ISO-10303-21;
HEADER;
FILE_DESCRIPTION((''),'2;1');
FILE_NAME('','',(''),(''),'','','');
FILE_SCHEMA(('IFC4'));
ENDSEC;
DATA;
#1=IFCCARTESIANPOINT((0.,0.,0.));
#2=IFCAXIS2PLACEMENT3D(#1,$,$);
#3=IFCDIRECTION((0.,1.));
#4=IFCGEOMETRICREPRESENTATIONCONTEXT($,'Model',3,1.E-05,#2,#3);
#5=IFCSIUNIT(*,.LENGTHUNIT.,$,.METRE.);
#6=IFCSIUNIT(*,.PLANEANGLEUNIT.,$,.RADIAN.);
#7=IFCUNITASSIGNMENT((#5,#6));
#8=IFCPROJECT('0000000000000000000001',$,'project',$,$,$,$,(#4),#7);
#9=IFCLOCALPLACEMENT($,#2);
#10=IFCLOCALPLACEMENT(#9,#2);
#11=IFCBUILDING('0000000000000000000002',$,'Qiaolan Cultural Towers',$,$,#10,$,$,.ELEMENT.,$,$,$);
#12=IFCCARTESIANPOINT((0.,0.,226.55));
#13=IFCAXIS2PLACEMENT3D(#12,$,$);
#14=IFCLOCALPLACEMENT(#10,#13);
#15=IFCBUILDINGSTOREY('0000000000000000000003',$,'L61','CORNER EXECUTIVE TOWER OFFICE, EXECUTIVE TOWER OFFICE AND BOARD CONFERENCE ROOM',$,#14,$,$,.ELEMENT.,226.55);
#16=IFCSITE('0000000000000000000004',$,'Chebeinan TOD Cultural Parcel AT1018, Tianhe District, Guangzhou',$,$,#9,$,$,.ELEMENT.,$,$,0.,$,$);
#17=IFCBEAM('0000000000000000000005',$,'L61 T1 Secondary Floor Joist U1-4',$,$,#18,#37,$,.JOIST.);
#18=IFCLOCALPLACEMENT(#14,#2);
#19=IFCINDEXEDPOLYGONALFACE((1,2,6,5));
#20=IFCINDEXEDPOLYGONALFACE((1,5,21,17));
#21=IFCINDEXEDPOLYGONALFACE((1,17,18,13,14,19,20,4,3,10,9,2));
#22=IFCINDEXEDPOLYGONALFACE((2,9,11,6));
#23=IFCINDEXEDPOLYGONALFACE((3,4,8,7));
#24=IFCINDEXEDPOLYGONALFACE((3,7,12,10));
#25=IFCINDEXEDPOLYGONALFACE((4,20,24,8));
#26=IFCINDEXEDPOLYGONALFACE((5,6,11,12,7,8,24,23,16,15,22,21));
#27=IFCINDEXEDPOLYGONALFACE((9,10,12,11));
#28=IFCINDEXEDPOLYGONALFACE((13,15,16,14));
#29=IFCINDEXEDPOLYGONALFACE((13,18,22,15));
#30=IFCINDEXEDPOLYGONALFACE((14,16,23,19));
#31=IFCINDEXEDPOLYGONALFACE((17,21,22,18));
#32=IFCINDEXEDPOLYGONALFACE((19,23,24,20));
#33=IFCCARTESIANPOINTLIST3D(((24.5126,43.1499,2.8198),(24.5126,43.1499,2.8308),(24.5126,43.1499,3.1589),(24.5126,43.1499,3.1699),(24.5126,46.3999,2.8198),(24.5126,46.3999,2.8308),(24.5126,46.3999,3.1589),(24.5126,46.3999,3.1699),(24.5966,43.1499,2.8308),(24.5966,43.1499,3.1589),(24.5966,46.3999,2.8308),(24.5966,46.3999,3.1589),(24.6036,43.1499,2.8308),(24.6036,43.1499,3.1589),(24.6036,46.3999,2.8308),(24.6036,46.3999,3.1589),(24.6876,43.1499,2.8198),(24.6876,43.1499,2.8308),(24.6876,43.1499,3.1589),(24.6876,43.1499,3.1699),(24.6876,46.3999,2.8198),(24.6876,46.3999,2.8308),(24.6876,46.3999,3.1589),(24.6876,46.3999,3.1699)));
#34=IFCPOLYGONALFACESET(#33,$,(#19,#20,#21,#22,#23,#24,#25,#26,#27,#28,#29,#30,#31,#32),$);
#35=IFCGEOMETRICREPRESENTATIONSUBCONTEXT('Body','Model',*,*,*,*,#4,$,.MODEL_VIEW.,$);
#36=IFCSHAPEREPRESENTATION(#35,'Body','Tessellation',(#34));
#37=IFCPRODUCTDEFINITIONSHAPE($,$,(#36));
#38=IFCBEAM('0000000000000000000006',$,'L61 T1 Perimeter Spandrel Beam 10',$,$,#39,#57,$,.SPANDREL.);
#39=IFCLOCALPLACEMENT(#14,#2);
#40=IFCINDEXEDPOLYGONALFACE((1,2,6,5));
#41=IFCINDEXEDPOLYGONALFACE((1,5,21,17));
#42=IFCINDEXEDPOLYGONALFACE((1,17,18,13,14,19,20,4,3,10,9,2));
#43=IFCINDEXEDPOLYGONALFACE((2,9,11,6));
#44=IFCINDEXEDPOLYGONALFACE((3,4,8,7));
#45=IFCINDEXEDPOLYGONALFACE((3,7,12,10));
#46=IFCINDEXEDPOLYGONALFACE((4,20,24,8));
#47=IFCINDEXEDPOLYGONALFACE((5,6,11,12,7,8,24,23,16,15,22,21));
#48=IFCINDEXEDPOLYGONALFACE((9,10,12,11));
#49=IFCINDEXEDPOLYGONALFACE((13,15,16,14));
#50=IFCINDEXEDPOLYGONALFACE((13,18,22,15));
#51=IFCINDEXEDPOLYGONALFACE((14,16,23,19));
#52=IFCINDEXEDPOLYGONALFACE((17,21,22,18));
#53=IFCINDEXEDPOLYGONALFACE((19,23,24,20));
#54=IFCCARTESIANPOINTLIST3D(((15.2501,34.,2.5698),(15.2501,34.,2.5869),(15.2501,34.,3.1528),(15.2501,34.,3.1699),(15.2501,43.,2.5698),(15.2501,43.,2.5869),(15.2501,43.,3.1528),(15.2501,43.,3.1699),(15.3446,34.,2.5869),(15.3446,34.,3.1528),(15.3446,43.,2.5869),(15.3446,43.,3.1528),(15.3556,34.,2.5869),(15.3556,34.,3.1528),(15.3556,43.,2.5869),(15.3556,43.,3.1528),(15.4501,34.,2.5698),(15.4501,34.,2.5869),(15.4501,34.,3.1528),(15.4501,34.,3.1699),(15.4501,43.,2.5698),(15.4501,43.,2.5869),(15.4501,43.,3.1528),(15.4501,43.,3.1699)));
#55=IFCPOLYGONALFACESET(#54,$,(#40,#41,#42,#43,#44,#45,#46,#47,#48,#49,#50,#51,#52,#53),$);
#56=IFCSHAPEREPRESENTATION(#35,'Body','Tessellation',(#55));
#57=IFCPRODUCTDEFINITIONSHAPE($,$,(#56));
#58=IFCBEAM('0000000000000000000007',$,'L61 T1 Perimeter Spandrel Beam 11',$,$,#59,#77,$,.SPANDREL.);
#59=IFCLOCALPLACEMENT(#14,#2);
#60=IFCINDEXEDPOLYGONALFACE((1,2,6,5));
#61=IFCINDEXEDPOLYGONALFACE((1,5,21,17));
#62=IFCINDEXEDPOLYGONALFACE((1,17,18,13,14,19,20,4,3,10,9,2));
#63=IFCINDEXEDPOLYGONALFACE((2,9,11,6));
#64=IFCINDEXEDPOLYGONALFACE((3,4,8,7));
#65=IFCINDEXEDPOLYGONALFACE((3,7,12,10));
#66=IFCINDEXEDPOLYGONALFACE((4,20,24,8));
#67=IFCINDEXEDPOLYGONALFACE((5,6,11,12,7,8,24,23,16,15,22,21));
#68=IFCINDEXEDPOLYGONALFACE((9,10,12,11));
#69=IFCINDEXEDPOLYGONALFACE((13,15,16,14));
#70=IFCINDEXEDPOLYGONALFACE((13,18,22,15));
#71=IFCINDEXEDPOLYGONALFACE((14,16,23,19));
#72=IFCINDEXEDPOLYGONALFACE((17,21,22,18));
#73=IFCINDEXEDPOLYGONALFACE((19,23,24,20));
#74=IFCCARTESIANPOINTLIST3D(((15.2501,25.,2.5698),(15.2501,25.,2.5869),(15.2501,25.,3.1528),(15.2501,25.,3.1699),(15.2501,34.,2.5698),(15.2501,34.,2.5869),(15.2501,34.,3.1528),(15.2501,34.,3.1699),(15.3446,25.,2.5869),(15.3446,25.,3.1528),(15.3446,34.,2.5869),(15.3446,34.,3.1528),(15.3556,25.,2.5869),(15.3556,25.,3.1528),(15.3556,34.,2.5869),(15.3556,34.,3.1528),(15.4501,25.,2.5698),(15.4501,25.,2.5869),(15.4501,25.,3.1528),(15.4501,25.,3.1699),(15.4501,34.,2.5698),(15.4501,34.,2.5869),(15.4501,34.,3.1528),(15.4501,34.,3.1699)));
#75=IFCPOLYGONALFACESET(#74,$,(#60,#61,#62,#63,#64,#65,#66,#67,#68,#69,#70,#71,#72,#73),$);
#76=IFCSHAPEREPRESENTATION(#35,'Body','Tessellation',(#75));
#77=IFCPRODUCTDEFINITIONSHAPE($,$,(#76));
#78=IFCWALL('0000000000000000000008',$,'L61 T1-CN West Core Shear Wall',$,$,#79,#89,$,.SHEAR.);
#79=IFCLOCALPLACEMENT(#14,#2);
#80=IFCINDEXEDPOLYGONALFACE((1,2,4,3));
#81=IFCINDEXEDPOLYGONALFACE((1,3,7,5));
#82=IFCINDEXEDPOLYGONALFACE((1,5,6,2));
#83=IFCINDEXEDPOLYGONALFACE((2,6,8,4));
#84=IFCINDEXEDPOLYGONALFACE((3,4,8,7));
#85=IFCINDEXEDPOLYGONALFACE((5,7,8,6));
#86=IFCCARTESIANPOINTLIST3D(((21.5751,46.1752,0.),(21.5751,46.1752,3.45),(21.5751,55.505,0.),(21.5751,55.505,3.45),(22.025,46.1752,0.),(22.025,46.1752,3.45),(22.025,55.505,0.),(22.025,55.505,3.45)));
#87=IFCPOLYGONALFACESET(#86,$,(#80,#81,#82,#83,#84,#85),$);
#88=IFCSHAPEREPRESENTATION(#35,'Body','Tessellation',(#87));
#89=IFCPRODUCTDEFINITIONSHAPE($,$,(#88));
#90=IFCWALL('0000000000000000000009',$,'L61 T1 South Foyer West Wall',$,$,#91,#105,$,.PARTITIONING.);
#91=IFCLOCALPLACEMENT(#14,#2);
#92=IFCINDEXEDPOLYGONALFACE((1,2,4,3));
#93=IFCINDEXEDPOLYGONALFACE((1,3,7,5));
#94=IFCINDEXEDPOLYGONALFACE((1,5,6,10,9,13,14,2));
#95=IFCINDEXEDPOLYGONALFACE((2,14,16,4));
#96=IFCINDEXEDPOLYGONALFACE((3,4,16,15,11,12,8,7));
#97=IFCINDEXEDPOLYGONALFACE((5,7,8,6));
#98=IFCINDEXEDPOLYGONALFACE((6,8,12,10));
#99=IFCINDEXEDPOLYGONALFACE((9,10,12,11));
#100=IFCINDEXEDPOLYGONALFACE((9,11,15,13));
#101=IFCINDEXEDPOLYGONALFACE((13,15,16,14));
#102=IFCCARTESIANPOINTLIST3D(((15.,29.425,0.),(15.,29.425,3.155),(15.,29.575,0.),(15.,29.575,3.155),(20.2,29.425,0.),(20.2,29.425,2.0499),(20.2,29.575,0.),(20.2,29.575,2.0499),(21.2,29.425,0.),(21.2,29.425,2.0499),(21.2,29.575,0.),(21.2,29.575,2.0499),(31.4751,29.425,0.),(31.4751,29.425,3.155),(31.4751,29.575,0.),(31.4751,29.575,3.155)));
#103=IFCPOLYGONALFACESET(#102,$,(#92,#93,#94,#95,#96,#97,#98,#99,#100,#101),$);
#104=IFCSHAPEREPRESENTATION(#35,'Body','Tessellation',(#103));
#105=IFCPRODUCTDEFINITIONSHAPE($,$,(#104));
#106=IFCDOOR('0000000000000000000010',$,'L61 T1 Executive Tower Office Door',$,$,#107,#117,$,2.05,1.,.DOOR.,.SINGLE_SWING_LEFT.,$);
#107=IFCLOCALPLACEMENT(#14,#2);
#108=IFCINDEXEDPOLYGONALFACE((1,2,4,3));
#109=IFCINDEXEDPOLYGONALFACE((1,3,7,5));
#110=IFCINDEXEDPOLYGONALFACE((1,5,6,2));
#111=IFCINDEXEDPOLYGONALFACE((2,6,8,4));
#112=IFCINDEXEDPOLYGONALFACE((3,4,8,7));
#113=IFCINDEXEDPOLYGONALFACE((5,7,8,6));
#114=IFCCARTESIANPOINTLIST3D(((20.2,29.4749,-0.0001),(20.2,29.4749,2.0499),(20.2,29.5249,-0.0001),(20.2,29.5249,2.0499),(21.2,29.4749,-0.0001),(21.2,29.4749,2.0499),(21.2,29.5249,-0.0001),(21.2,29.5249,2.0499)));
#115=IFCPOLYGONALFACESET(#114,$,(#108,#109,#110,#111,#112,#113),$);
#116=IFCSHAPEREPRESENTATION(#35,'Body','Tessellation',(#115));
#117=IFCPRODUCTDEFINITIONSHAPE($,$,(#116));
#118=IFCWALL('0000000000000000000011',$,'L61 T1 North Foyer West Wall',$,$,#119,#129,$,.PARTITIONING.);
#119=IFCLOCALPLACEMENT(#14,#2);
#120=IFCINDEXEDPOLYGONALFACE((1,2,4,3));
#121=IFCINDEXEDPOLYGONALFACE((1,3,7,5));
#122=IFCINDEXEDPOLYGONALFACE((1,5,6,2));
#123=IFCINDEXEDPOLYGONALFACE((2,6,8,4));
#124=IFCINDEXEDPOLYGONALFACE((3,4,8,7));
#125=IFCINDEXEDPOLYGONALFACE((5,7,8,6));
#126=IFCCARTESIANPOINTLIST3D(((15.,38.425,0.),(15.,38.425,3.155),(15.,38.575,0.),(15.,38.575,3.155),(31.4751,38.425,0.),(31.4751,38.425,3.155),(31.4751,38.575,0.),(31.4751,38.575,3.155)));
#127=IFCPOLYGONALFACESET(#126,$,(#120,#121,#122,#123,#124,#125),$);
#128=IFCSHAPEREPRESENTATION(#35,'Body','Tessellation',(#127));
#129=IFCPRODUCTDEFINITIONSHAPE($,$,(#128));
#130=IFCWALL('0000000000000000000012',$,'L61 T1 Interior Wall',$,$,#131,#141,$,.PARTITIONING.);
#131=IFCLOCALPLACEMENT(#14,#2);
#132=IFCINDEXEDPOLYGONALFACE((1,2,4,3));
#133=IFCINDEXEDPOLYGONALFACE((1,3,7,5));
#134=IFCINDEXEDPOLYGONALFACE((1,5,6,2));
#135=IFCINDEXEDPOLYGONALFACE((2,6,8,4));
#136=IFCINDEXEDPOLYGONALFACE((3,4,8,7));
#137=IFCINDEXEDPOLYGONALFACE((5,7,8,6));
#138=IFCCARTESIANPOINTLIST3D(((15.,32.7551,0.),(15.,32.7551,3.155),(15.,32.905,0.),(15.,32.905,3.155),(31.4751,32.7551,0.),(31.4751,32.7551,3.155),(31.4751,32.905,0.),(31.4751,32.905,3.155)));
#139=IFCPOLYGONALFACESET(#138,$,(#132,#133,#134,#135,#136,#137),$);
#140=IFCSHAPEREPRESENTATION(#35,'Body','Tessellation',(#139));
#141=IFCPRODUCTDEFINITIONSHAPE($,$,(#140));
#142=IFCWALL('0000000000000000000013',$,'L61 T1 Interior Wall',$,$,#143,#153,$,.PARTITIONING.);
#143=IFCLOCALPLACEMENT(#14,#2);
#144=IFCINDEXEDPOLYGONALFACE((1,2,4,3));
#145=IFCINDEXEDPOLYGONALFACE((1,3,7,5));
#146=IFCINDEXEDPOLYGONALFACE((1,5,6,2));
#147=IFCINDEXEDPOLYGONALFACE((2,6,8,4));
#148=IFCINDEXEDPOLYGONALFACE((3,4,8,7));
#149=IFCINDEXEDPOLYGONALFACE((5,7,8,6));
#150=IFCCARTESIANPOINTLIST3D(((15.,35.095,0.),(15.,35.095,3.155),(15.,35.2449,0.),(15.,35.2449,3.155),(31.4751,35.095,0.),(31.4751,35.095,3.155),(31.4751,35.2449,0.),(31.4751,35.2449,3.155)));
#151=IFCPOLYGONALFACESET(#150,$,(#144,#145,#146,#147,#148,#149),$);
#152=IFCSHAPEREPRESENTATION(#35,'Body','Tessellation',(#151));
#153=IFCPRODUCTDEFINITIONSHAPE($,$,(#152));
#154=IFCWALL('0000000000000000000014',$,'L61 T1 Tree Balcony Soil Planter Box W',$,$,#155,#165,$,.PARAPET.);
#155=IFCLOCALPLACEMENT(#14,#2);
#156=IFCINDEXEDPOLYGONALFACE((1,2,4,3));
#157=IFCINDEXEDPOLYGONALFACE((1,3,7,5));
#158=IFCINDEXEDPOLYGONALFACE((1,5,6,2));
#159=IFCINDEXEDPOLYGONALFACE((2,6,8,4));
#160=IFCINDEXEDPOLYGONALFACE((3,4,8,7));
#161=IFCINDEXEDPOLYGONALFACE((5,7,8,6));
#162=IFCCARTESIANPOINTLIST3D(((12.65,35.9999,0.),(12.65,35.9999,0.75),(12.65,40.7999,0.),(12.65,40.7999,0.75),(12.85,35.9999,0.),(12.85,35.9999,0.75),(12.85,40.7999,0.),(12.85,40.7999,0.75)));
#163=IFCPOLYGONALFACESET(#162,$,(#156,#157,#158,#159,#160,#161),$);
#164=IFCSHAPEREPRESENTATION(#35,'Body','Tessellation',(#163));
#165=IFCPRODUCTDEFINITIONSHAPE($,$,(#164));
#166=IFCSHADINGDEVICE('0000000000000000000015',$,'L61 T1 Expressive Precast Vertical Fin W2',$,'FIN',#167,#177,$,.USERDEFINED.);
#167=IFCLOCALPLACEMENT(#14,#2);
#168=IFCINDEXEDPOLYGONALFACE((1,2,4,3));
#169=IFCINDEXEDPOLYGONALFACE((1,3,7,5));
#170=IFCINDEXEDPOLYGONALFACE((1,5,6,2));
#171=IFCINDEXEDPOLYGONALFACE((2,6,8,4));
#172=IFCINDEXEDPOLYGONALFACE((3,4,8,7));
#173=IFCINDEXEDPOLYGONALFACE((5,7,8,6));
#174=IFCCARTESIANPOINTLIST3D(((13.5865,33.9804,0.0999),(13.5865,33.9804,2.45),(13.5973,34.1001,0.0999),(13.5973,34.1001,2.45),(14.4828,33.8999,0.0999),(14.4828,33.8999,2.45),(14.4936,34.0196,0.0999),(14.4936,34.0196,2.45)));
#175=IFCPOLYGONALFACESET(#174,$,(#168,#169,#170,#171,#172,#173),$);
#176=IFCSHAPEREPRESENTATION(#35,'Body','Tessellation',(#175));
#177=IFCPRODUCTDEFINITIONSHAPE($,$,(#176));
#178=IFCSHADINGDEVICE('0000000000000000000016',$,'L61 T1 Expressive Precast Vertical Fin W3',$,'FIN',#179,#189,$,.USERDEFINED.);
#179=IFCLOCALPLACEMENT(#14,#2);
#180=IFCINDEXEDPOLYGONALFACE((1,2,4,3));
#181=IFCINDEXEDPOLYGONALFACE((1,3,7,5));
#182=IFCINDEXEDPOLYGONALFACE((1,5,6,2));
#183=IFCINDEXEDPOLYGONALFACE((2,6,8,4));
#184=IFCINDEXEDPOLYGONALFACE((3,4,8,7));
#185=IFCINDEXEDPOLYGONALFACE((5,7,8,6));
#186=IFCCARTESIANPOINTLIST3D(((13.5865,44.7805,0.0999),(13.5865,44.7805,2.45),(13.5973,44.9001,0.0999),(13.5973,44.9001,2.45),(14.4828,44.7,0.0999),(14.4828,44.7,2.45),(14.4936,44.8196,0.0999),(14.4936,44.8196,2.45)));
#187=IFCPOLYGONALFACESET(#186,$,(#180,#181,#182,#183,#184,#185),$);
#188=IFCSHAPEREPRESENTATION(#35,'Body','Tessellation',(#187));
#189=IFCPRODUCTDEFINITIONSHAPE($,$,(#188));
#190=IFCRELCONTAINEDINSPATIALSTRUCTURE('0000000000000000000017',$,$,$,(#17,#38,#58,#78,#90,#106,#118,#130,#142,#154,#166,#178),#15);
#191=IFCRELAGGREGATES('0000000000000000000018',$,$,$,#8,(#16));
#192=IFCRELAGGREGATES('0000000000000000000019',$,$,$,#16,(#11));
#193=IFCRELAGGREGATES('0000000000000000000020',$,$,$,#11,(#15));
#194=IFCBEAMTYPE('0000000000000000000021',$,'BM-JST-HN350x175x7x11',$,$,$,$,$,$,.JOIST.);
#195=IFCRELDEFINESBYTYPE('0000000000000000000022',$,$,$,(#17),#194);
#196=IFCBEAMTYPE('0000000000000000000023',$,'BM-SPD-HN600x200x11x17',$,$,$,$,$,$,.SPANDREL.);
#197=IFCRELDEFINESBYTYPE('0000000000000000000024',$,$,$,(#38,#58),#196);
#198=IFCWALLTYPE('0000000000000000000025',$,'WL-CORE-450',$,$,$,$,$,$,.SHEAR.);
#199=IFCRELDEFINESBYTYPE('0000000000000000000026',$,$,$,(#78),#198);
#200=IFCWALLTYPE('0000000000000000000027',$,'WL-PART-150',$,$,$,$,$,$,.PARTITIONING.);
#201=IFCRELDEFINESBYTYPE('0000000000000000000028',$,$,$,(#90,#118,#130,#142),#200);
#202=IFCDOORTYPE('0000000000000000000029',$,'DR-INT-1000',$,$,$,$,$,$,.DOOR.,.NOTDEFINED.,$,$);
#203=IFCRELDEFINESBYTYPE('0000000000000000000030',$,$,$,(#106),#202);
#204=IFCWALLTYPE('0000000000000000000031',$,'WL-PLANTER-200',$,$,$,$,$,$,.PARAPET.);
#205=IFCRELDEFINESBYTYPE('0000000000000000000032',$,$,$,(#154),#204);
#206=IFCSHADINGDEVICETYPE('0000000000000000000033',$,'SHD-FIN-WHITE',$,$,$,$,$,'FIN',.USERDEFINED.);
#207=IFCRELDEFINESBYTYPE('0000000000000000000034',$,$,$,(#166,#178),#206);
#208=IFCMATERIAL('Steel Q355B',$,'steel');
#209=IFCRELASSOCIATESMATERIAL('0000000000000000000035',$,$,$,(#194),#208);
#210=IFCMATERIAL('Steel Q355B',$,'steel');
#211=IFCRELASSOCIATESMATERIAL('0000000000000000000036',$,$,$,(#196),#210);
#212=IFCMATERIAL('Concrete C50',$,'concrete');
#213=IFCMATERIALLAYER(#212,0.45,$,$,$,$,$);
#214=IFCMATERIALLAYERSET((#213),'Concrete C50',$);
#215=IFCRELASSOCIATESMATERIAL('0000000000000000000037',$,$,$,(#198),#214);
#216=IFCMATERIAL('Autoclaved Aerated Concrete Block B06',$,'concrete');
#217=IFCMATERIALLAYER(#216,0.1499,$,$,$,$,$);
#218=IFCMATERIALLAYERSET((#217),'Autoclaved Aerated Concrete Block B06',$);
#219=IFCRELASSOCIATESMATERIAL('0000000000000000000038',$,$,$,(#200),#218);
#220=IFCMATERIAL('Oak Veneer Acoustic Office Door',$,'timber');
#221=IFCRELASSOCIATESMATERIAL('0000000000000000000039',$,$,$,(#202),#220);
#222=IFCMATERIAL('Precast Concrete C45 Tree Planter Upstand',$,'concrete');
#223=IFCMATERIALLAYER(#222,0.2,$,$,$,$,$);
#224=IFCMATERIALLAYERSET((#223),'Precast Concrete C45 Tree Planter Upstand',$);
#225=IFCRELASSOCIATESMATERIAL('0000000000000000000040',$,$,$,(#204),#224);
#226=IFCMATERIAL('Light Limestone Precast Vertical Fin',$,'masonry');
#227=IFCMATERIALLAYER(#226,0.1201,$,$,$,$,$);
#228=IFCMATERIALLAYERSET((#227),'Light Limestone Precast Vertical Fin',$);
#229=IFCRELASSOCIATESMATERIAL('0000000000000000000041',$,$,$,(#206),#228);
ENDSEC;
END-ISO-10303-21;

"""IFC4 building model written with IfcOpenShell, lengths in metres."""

from ifc_helpers import new_model, si_unit, direction, frame, frame_2d, origin, origin_2d, place, context, subcontext, project, spatial, rectangle, i_section, extrude, material, layer, layer_set, material_profile, profile_set, type_object, element, fill, save


model = new_model("IFC4")

# Units and contexts
model_context = context("Model", 3, precision=1e-05, world=origin(), true_north=direction((0.0, 1.0)))
body_context = subcontext(model_context, "Body", "Model", "MODEL_VIEW")
ifc_project = project(units=[si_unit("LENGTHUNIT", "METRE"), si_unit("PLANEANGLEUNIT", "RADIAN")], contexts=[model_context])

# Site, building, storey
site_placement = place(None, origin())
site = spatial("IfcSite", under=ifc_project, at=site_placement, Name="Chebeinan TOD Cultural Parcel AT1018, Tianhe District, Guangzhou", CompositionType="ELEMENT", RefElevation=0.0)
building_placement = place(site_placement, origin())
building = spatial("IfcBuilding", under=site, at=building_placement, Name="Qiaolan Cultural Towers", CompositionType="ELEMENT")
storey_placement = place(building_placement, frame((0.0, 0.0, 226.55)))
storey = spatial("IfcBuildingStorey", under=building, at=storey_placement, Name="L61", Description="CORNER EXECUTIVE TOWER OFFICE, EXECUTIVE TOWER OFFICE AND BOARD CONFERENCE ROOM", CompositionType="ELEMENT", Elevation=226.55)

# Beams
ifc_material_1 = material(Name="Steel Q355B", Category="steel")
ifc_material_profile_1 = material_profile(ifc_material_1, i_section(OverallWidth=0.175, OverallDepth=0.3501, WebThickness=0.0071, FlangeThickness=0.011, at=origin_2d()), Name="HN350x175x7x11")
ifc_profile_set_1 = profile_set([ifc_material_profile_1], Name="Steel Q355B")
beam_type_1 = type_object("IfcBeamType", Name="BM-JST-HN350x175x7x11", PredefinedType="JOIST", material=ifc_profile_set_1)
beam_1_placement = place(storey_placement, frame((24.6001, 43.1499, 2.9949), z_axis=(0.0, 1.0, 0.0), x_axis=(-1.0, 0.0, 0.0)))
element("IfcBeam", 1, at=beam_1_placement, inside=storey, type_object=beam_type_1, Name="L61 T1 Secondary Floor Joist U1-4", PredefinedType="JOIST", context=body_context, shape_type="SweptSolid", body=[
    extrude(i_section(OverallWidth=0.175, OverallDepth=0.3501, WebThickness=0.0071, FlangeThickness=0.011, at=origin_2d()), origin(), (0.0, 0.0, 1.0), 3.25),
])
ifc_material_2 = material(Name="Steel Q355B", Category="steel")
ifc_material_profile_2 = material_profile(ifc_material_2, i_section(OverallWidth=0.2, OverallDepth=0.6001, WebThickness=0.011, FlangeThickness=0.0171, at=origin_2d()), Name="HN600x200x11x17")
ifc_profile_set_2 = profile_set([ifc_material_profile_2], Name="Steel Q355B")
beam_type_2 = type_object("IfcBeamType", Name="BM-SPD-HN600x200x11x17", PredefinedType="SPANDREL", material=ifc_profile_set_2)
for number, where, z_axis, x_axis, name in (
    (2, (15.3501, 43.0, 2.8699), (0.0, -1.0, 0.0), (1.0, 0.0, 0.0), "L61 T1 Perimeter Spandrel Beam 10"),
    (3, (15.3501, 34.0, 2.8699), (0.0, -1.0, 0.0), (1.0, 0.0, 0.0), "L61 T1 Perimeter Spandrel Beam 11"),
):
    element("IfcBeam", number, at=place(storey_placement, frame(where, z_axis=z_axis, x_axis=x_axis)), inside=storey, type_object=beam_type_2, Name=name, PredefinedType="SPANDREL", context=body_context, shape_type="SweptSolid", body=[
        extrude(i_section(OverallWidth=0.2, OverallDepth=0.6001, WebThickness=0.011, FlangeThickness=0.0171, at=origin_2d()), origin(), (0.0, 0.0, 1.0), 9.0),
    ])

# Wall
ifc_material_3 = material(Name="Concrete C50", Category="concrete")
ifc_layer_1 = layer(ifc_material_3, 0.45)
ifc_layer_set_1 = layer_set([ifc_layer_1], Name="Concrete C50")
wall_type_1 = type_object("IfcWallType", Name="WL-CORE-450", PredefinedType="SHEAR", material=ifc_layer_set_1)
wall_1_placement = place(storey_placement, frame((21.8, 46.175, 0.0), z_axis=(0.0, 0.0, 1.0), x_axis=(0.0, 1.0, 0.0)))
element("IfcWall", 4, at=wall_1_placement, inside=storey, type_object=wall_type_1, Name="L61 T1-CN West Core Shear Wall", PredefinedType="SHEAR", context=body_context, shape_type="SweptSolid", body=[
    extrude(rectangle(XDim=9.3298, YDim=0.45, at=frame_2d((4.665, 0.0))), origin(), (0.0, 0.0, 1.0), 3.45),
])

# Wall, opening, door
ifc_material_4 = material(Name="Autoclaved Aerated Concrete Block B06", Category="concrete")
ifc_layer_2 = layer(ifc_material_4, 0.1499)
ifc_layer_set_2 = layer_set([ifc_layer_2], Name="Autoclaved Aerated Concrete Block B06")
wall_type_2 = type_object("IfcWallType", Name="WL-PART-150", PredefinedType="PARTITIONING", material=ifc_layer_set_2)
wall_2_placement = place(storey_placement, frame((15.0, 29.5, 0.0), z_axis=(0.0, 0.0, 1.0), x_axis=(1.0, 0.0, 0.0)))
wall_2 = element("IfcWall", 5, at=wall_2_placement, inside=storey, type_object=wall_type_2, Name="L61 T1 South Foyer West Wall", PredefinedType="PARTITIONING", context=body_context, shape_type="SweptSolid", body=[
    extrude(rectangle(XDim=16.4751, YDim=0.1499, at=frame_2d((8.2375, 0.0))), origin(), (0.0, 0.0, 1.0), 3.155),
])
opening_placement = place(wall_2_placement, frame((5.2, 0.0, 0.0)))
opening = element("IfcOpeningElement", 6, at=opening_placement, cuts=wall_2, PredefinedType="OPENING", context=body_context, shape_type="SweptSolid", body=[
    extrude(rectangle(XDim=1.0, YDim=2.05, at=frame_2d((0.5, 1.0249))), frame((0.0, 0.085, 0.0), z_axis=(0.0, -1.0, 0.0), x_axis=(1.0, 0.0, 0.0)), (0.0, 0.0, 1.0), 0.1699),
])
ifc_material_5 = material(Name="Oak Veneer Acoustic Office Door", Category="timber")
door_type = type_object("IfcDoorType", Name="DR-INT-1000", OperationType="NOTDEFINED", PredefinedType="DOOR", material=ifc_material_5)
door_placement = place(opening_placement, origin())
door = element("IfcDoor", 7, at=door_placement, inside=storey, type_object=door_type, Name="L61 T1 Executive Tower Office Door", OperationType="SINGLE_SWING_LEFT", OverallHeight=2.05, OverallWidth=1.0, PredefinedType="DOOR", context=body_context, shape_type="SweptSolid", body=[
    extrude(rectangle(XDim=1.0, YDim=2.05, at=frame_2d((0.5, 1.0249))), frame((0.0, 0.0249, 0.0), z_axis=(0.0, -1.0, 0.0), x_axis=(1.0, 0.0, 0.0)), (0.0, 0.0, 1.0), 0.05),
])
fill(opening, door)

# Walls
for number, where, z_axis, x_axis, name in (
    (8, (15.0, 38.5, 0.0), (0.0, 0.0, 1.0), (1.0, 0.0, 0.0), "L61 T1 North Foyer West Wall"),
    (9, (15.0, 32.8301, 0.0), (0.0, 0.0, 1.0), (1.0, 0.0, 0.0), "L61 T1 Interior Wall"),
    (10, (15.0, 35.1699, 0.0), (0.0, 0.0, 1.0), (1.0, 0.0, 0.0), "L61 T1 Interior Wall"),
):
    element("IfcWall", number, at=place(storey_placement, frame(where, z_axis=z_axis, x_axis=x_axis)), inside=storey, type_object=wall_type_2, Name=name, PredefinedType="PARTITIONING", context=body_context, shape_type="SweptSolid", body=[
        extrude(rectangle(XDim=16.4751, YDim=0.1499, at=frame_2d((8.2375, 0.0))), origin(), (0.0, 0.0, 1.0), 3.155),
    ])
ifc_material_6 = material(Name="Precast Concrete C45 Tree Planter Upstand", Category="concrete")
ifc_layer_3 = layer(ifc_material_6, 0.2)
ifc_layer_set_3 = layer_set([ifc_layer_3], Name="Precast Concrete C45 Tree Planter Upstand")
wall_type_3 = type_object("IfcWallType", Name="WL-PLANTER-200", PredefinedType="PARAPET", material=ifc_layer_set_3)
wall_3_placement = place(storey_placement, frame((12.75, 36.0, 0.0), z_axis=(0.0, 0.0, 1.0), x_axis=(0.0, 1.0, 0.0)))
element("IfcWall", 11, at=wall_3_placement, inside=storey, type_object=wall_type_3, Name="L61 T1 Tree Balcony Soil Planter Box W", PredefinedType="PARAPET", context=body_context, shape_type="SweptSolid", body=[
    extrude(rectangle(XDim=4.8, YDim=0.2, at=frame_2d((2.3999, 0.0))), origin(), (0.0, 0.0, 1.0), 0.75),
])

# Shading devices
ifc_material_7 = material(Name="Light Limestone Precast Vertical Fin", Category="masonry")
ifc_layer_4 = layer(ifc_material_7, 0.1201)
ifc_layer_set_4 = layer_set([ifc_layer_4], Name="Light Limestone Precast Vertical Fin")
shading_device_type = type_object("IfcShadingDeviceType", Name="SHD-FIN-WHITE", ElementType="FIN", PredefinedType="USERDEFINED", material=ifc_layer_set_4)
for number, where, z_axis, x_axis, name in (
    (12, (14.04, 34.0, 0.0999), (0.0, 0.0, 1.0), (0.995994, -0.089421, 0.0), "L61 T1 Expressive Precast Vertical Fin W2"),
    (13, (14.04, 44.8, 0.0999), (0.0, 0.0, 1.0), (0.995994, -0.089421, 0.0), "L61 T1 Expressive Precast Vertical Fin W3"),
):
    element("IfcShadingDevice", number, at=place(storey_placement, frame(where, z_axis=z_axis, x_axis=x_axis)), inside=storey, type_object=shading_device_type, Name=name, ObjectType="FIN", PredefinedType="USERDEFINED", context=body_context, shape_type="SweptSolid", body=[
        extrude(rectangle(XDim=0.8999, YDim=0.1201, at=origin_2d()), origin(), (0.0, 0.0, 1.0), 2.3501),
    ])

save(model, "model.ifc")
